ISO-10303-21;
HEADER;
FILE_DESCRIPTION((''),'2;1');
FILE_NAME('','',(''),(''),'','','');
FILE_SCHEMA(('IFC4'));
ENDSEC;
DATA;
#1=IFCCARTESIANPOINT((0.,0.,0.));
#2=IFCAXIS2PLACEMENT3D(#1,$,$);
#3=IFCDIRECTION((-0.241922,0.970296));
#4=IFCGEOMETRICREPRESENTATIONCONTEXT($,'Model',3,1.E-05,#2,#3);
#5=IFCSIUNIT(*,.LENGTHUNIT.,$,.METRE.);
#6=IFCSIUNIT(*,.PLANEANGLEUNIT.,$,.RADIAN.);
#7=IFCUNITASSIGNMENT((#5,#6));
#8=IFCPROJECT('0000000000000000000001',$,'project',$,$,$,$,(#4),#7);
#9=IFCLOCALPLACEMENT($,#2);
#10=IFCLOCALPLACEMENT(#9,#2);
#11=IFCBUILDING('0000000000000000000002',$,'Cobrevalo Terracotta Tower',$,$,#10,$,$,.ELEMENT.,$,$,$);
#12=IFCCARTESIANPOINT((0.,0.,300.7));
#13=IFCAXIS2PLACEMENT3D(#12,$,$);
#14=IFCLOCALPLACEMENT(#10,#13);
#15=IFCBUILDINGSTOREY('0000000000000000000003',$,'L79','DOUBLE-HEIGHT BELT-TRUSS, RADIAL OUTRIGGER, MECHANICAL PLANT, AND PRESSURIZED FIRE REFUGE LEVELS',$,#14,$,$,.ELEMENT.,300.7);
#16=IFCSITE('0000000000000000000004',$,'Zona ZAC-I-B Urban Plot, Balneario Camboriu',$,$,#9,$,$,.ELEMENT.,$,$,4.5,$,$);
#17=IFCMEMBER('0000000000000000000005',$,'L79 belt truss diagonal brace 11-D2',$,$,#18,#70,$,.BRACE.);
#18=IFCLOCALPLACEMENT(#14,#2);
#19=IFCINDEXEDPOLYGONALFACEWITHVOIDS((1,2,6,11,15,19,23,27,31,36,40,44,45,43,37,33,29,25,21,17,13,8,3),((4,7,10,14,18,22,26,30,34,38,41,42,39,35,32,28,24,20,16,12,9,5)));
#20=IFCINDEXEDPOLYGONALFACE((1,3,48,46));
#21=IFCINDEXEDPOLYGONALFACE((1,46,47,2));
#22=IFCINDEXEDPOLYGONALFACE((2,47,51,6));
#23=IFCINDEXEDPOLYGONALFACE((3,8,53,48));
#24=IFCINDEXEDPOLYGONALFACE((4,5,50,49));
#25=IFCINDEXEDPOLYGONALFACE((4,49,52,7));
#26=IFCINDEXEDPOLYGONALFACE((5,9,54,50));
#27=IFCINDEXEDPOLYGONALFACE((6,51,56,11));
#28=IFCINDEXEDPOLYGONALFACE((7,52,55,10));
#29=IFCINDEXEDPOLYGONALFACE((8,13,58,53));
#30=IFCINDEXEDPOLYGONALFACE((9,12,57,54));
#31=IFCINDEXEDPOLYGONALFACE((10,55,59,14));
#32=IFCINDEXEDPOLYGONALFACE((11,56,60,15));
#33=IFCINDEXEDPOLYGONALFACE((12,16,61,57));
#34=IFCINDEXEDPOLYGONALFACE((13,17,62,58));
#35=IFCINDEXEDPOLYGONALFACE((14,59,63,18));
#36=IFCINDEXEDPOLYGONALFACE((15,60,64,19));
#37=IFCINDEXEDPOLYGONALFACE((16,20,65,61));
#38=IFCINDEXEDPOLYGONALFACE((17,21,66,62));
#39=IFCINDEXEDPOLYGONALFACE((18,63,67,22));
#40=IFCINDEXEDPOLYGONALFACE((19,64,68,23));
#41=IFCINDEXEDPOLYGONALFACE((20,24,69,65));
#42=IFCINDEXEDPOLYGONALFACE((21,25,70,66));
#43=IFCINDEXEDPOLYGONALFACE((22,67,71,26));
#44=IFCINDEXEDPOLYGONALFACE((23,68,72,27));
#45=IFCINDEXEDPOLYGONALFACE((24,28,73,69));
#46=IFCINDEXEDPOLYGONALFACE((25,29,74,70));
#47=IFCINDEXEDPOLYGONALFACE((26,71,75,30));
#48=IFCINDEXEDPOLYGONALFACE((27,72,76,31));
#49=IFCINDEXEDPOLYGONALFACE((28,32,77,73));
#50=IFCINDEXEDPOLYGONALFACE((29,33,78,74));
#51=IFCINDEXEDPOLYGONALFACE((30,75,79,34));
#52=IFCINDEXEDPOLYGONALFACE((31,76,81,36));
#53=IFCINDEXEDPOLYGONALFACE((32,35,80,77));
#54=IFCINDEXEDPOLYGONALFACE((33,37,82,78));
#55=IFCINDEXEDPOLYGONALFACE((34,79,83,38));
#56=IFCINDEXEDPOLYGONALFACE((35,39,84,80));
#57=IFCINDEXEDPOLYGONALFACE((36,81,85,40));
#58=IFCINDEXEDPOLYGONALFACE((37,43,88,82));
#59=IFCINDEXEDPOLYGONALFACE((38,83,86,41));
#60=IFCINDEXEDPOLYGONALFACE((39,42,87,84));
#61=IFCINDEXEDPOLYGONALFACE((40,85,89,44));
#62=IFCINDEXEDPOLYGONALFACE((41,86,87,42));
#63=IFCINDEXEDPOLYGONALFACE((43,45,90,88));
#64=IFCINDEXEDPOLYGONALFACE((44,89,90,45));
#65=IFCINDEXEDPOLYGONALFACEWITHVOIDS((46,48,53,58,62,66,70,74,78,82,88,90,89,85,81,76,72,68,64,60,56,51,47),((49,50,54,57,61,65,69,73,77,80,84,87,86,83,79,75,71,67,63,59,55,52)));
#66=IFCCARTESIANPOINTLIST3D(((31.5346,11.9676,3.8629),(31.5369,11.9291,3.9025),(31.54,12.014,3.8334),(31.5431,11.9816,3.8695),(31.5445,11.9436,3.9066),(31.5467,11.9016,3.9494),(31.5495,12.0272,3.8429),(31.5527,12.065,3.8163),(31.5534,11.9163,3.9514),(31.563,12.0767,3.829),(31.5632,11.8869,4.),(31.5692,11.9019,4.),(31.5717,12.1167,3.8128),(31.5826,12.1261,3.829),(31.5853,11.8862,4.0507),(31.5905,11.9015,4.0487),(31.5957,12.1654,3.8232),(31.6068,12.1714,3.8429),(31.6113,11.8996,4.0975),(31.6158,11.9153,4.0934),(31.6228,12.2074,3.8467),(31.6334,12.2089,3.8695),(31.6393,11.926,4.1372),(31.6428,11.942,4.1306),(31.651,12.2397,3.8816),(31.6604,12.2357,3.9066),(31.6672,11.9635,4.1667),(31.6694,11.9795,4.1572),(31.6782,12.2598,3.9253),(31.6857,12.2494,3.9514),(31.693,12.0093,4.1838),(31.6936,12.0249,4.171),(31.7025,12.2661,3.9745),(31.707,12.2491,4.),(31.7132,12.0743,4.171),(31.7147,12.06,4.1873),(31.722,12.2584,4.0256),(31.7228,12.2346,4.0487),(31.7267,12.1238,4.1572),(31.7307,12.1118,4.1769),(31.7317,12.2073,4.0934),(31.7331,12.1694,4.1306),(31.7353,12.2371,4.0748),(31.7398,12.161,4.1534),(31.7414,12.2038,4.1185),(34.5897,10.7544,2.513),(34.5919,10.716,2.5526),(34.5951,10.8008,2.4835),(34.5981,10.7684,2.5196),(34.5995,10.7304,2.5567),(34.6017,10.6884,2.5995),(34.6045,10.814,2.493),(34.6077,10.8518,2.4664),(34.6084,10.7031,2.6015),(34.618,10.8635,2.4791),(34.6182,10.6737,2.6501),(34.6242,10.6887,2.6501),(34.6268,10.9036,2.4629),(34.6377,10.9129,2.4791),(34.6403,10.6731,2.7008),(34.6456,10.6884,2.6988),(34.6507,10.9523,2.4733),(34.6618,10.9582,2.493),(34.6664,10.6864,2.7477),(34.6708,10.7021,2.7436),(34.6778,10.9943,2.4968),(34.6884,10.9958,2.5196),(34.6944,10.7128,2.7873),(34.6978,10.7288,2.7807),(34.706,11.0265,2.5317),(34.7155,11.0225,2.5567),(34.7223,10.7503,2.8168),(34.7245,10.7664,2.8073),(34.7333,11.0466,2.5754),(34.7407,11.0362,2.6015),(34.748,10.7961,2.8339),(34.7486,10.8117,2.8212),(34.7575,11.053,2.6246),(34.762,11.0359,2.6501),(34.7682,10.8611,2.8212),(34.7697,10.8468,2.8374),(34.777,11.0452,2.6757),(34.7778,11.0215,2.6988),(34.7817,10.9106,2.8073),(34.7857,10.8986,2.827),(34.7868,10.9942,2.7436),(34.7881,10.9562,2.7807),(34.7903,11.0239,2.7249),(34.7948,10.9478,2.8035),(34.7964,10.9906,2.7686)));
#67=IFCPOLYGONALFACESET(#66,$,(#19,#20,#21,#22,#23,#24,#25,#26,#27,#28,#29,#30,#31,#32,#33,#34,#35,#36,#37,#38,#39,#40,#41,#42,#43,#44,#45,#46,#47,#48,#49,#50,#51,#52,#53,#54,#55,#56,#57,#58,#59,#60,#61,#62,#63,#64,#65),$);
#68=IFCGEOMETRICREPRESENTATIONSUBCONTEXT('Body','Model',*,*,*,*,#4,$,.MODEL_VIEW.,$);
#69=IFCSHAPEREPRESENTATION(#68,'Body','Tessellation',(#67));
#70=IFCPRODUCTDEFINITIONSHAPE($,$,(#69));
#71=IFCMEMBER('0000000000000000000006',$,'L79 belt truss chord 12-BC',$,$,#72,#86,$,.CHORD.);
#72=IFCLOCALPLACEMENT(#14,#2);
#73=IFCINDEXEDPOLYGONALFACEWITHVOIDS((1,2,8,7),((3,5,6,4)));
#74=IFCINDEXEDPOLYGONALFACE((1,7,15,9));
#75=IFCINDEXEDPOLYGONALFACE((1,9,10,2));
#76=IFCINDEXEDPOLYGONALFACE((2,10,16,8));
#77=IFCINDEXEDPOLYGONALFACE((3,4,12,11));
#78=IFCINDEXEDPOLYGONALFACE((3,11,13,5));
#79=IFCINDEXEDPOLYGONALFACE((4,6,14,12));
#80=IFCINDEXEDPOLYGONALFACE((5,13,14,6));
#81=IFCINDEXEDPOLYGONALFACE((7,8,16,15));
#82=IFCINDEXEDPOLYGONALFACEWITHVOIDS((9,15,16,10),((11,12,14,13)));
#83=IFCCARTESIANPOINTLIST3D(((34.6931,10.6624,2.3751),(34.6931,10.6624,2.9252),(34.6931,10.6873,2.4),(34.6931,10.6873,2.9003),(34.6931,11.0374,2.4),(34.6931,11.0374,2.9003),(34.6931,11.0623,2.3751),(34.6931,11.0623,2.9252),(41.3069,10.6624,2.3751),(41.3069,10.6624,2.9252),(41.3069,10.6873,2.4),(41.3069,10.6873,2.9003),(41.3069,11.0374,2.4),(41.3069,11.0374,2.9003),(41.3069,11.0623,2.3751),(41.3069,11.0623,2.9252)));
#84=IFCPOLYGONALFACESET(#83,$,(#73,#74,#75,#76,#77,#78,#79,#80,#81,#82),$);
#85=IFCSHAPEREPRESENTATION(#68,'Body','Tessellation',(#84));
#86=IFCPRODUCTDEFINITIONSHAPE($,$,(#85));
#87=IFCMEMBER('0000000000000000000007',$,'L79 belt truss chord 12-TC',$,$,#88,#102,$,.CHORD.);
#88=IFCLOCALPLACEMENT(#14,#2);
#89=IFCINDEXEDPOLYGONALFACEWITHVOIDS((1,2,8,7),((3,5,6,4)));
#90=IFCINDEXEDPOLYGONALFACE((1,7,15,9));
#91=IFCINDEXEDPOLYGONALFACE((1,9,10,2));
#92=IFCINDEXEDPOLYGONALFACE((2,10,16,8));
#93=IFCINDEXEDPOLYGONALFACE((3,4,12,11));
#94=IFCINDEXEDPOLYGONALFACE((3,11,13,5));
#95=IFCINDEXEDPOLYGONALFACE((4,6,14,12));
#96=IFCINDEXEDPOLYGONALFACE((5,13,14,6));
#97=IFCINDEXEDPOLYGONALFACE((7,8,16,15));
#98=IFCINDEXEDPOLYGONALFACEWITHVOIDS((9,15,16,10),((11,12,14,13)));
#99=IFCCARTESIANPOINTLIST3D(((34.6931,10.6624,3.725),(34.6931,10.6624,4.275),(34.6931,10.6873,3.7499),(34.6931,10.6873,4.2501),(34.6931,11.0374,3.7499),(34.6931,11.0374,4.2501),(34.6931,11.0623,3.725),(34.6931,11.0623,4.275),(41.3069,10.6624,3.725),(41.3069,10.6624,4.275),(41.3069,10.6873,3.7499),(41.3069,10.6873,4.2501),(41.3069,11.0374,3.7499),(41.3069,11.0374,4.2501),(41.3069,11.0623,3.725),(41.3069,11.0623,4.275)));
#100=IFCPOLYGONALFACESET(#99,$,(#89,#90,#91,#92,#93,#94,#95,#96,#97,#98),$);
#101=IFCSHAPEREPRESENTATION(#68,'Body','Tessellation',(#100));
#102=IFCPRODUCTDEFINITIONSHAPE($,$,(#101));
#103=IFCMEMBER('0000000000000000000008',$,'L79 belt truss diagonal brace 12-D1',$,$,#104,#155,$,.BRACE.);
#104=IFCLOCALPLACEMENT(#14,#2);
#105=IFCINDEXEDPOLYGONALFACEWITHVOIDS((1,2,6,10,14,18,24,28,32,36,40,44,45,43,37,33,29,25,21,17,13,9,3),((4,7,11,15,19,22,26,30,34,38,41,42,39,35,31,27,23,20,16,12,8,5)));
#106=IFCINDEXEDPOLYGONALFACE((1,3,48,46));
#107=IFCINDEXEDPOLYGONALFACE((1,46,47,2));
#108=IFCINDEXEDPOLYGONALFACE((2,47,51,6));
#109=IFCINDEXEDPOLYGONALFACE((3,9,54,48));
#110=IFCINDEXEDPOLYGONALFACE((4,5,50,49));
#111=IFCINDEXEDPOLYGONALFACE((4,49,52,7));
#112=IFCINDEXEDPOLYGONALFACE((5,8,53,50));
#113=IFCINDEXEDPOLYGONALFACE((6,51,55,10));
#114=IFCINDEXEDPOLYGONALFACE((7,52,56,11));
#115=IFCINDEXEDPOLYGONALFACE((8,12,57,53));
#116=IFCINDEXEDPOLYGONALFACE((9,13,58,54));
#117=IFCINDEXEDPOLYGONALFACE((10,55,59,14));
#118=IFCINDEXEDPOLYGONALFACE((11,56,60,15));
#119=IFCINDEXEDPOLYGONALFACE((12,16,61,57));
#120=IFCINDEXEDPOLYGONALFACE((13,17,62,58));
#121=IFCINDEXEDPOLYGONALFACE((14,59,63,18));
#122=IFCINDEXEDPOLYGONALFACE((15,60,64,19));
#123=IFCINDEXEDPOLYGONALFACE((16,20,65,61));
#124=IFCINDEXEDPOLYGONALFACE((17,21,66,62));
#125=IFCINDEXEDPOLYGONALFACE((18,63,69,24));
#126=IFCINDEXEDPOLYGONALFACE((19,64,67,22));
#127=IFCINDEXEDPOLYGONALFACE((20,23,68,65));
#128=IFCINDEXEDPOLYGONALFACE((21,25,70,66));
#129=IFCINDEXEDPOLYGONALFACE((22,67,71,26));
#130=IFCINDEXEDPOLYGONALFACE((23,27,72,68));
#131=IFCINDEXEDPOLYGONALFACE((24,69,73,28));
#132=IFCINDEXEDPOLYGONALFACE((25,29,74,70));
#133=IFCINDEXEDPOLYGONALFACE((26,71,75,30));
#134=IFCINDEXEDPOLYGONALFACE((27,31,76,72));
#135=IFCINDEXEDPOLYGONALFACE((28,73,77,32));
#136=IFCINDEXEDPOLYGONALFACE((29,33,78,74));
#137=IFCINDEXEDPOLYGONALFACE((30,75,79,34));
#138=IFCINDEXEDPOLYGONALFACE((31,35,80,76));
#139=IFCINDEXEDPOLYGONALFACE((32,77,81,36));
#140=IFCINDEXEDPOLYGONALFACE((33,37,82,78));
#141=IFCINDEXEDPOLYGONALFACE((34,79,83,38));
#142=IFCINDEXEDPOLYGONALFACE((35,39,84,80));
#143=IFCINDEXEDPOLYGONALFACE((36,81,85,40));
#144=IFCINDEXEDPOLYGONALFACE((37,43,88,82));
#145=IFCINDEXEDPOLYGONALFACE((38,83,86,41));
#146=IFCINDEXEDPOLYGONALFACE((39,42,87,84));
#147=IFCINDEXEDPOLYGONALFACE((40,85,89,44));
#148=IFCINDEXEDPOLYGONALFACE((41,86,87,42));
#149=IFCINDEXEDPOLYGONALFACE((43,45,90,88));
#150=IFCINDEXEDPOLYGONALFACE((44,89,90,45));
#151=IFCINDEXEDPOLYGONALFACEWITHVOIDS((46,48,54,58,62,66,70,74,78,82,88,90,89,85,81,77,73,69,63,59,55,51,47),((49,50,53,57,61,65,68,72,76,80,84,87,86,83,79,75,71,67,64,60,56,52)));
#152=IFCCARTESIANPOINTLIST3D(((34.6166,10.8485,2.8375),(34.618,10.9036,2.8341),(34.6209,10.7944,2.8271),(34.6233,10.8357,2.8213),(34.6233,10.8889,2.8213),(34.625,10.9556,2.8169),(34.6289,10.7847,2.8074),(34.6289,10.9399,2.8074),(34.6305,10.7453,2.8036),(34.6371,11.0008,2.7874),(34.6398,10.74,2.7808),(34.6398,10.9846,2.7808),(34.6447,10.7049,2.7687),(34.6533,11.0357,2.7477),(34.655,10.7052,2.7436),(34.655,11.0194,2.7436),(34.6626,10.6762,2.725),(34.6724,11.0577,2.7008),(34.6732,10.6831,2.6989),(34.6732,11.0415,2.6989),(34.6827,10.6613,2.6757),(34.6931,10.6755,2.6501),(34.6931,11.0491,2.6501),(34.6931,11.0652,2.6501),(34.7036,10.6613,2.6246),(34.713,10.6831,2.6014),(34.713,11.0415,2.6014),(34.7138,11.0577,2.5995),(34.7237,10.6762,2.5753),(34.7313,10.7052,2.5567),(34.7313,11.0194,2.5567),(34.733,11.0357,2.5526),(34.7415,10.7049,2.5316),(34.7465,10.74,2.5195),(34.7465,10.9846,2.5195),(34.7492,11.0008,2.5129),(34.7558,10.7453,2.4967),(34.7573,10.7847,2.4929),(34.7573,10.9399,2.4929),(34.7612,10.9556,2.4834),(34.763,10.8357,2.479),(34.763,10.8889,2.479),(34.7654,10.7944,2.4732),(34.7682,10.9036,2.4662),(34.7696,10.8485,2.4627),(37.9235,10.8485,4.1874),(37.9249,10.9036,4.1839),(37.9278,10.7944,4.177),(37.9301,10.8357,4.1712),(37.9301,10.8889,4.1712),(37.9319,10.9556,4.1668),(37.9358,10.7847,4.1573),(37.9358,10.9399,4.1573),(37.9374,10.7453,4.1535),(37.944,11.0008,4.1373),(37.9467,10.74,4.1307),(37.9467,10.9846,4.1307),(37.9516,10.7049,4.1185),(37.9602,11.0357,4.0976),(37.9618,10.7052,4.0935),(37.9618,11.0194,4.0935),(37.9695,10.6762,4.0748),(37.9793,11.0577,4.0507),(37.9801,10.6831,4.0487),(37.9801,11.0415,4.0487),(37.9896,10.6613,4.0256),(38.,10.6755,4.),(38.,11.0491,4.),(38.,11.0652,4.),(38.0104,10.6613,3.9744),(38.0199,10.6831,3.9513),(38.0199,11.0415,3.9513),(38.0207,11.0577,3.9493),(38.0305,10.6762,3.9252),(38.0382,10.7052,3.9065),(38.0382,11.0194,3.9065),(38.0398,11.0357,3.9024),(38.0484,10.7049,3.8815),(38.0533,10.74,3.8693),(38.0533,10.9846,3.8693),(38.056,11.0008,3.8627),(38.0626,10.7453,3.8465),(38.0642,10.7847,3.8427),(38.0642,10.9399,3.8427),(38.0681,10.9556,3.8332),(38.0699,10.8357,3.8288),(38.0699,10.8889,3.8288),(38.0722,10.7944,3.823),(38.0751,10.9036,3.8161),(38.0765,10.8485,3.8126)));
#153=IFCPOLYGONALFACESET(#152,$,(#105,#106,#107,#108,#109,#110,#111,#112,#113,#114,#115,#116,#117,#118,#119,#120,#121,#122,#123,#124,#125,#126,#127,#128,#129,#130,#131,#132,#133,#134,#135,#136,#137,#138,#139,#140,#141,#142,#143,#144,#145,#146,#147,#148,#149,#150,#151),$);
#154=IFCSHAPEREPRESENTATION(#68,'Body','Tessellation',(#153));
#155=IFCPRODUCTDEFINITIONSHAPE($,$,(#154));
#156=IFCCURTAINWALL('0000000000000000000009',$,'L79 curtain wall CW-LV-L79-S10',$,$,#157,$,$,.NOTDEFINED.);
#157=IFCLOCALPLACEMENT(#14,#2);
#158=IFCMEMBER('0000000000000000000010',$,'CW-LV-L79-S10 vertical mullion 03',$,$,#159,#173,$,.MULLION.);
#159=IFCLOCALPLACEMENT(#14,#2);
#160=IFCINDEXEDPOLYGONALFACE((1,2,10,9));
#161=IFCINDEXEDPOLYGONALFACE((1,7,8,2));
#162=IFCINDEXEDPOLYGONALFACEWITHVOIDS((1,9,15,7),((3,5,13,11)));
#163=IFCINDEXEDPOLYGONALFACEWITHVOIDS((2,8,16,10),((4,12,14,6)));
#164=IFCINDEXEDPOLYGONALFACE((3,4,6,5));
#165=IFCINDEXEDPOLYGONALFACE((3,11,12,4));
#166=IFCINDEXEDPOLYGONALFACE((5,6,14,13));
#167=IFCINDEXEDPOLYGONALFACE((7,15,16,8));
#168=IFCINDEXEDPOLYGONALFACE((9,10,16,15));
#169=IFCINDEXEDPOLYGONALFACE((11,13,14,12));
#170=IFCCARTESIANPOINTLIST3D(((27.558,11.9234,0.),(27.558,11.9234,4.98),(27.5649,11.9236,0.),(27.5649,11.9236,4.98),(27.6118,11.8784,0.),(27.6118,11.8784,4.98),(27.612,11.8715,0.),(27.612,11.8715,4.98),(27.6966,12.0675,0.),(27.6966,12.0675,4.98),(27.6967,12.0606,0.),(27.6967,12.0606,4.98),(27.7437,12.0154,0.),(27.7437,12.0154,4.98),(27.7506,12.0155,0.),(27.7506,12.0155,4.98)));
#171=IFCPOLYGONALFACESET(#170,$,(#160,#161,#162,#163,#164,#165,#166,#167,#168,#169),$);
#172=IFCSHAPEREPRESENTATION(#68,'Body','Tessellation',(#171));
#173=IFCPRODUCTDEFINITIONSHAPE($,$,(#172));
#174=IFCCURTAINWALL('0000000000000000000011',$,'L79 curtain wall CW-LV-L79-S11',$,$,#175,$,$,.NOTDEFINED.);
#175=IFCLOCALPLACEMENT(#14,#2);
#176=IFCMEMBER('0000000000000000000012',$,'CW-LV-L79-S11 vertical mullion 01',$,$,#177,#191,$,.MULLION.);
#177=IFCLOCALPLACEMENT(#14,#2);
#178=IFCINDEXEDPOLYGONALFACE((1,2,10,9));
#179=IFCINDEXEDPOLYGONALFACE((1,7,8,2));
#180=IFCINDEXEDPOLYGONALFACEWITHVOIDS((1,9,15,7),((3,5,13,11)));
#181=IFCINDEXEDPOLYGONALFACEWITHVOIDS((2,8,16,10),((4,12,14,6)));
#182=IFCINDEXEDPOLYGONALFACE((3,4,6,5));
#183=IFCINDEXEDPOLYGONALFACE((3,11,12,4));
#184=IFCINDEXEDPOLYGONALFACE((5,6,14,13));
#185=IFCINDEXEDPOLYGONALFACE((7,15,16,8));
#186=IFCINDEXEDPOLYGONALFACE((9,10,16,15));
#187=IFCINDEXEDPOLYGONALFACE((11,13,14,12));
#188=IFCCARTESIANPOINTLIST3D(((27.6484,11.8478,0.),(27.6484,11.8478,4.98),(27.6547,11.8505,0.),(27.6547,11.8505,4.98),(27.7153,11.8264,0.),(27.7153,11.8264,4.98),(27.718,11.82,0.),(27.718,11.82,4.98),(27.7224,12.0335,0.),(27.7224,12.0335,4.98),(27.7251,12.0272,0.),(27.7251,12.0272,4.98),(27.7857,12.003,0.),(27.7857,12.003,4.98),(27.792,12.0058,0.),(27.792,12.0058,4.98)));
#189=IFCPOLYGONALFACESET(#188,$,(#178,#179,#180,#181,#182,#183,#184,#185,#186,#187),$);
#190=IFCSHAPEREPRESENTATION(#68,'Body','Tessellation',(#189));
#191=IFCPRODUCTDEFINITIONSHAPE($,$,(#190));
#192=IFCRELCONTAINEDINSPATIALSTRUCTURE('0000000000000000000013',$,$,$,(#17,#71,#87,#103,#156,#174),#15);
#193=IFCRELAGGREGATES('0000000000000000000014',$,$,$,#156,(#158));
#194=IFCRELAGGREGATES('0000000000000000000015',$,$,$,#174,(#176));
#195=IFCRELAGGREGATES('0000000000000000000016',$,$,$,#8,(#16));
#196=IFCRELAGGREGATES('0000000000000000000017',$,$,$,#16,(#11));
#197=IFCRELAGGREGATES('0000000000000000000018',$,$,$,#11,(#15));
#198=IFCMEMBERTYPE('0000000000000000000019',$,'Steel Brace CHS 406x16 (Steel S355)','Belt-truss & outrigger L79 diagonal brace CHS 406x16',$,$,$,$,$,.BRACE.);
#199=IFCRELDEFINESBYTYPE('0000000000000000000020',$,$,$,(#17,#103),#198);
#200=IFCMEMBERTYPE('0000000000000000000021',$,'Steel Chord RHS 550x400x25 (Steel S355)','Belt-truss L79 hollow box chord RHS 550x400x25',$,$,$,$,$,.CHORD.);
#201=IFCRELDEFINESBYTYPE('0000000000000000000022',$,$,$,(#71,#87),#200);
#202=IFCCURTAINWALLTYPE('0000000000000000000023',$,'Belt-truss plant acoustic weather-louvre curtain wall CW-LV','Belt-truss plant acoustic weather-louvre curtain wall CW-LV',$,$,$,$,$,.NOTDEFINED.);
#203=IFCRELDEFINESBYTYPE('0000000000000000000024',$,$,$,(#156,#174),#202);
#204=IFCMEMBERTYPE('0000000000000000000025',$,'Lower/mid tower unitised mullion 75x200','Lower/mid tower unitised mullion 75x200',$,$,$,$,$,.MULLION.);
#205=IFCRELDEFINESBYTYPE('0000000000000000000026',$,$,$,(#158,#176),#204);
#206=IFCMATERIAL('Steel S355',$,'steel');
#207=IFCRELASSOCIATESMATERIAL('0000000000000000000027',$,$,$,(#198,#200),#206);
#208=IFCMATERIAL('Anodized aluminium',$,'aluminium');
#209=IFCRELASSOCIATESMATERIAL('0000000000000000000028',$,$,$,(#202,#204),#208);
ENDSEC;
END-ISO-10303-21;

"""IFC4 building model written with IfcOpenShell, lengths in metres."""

from ifc_helpers import new_model, si_unit, direction, frame, origin, origin_2d, place, context, subcontext, project, spatial, hollow_rectangle, hollow_circle, extrude, source, transform, mapped, material, material_profile, profile_set, type_object, element, aggregate, save


model = new_model("IFC4")

# Units and contexts
model_context = context("Model", 3, precision=1e-05, world=origin(), true_north=direction((-0.241922, 0.970296)))
body_context = subcontext(model_context, "Body", "Model", "MODEL_VIEW")
ifc_project = project(units=[si_unit("LENGTHUNIT", "METRE"), si_unit("PLANEANGLEUNIT", "RADIAN")], contexts=[model_context])

# Site, building, storey
site_placement = place(None, origin())
site = spatial("IfcSite", under=ifc_project, at=site_placement, Name="Zona ZAC-I-B Urban Plot, Balneario Camboriu", CompositionType="ELEMENT", RefElevation=4.5)
building_placement = place(site_placement, origin())
building = spatial("IfcBuilding", under=site, at=building_placement, Name="Cobrevalo Terracotta Tower", CompositionType="ELEMENT")
storey_placement = place(building_placement, frame((0.0, 0.0, 300.7)))
storey = spatial("IfcBuildingStorey", under=building, at=storey_placement, Name="L79", Description="DOUBLE-HEIGHT BELT-TRUSS, RADIAL OUTRIGGER, MECHANICAL PLANT, AND PRESSURIZED FIRE REFUGE LEVELS", CompositionType="ELEMENT", Elevation=300.7)

# Shared definitions
ifc_material_1 = material(Name="Steel S355", Category="steel")

# Members
ifc_material_profile_1 = material_profile(ifc_material_1, hollow_circle(Radius=0.2029, WallThickness=0.0161, at=origin_2d()), Name="CHS 406x16")
ifc_profile_set_1 = profile_set([ifc_material_profile_1], Name="Steel S355")
member_type_1 = type_object("IfcMemberType", Name="Steel Brace CHS 406x16 (Steel S355)", Description="Belt-truss & outrigger L79 diagonal brace CHS 406x16", PredefinedType="BRACE", material=ifc_profile_set_1)
shared_shape_1 = source(origin(), body_context, "Body", "SweptSolid", [
    extrude(hollow_circle(Radius=0.2029, WallThickness=0.0161, at=origin_2d()), origin(), (0.0, 0.0, 1.0), 3.5535),
])
member_1_placement = place(storey_placement, frame((34.6931, 10.8623, 2.6501), z_axis=(-0.859729, 0.341404, 0.37988), x_axis=(-0.369072, -0.929401, 0.0)))
element("IfcMember", 1, at=member_1_placement, inside=storey, type_object=member_type_1, Name="L79 belt truss diagonal brace 11-D2", PredefinedType="BRACE", context=body_context, shape_type="MappedRepresentation", body=[
    mapped(shared_shape_1, transform((0.0, 0.0, 0.0), scale=1.0)),
])
ifc_material_profile_2 = material_profile(ifc_material_1, hollow_rectangle(XDim=0.3999, YDim=0.55, WallThickness=0.0249, at=origin_2d()), Name="RHS 550x400x25")
ifc_profile_set_2 = profile_set([ifc_material_profile_2], Name="Steel S355")
member_type_2 = type_object("IfcMemberType", Name="Steel Chord RHS 550x400x25 (Steel S355)", Description="Belt-truss L79 hollow box chord RHS 550x400x25", PredefinedType="CHORD", material=ifc_profile_set_2)
shared_shape_2 = source(origin(), body_context, "Body", "SweptSolid", [
    extrude(hollow_rectangle(XDim=0.3999, YDim=0.55, WallThickness=0.0249, at=origin_2d()), origin(), (0.0, 0.0, 1.0), 6.6138),
])
for number, where, z_axis, x_axis, name in (
    (2, (34.6931, 10.8623, 2.6501), (1.0, 0.0, 0.0), (0.0, 1.0, 0.0), "L79 belt truss chord 12-BC"),
    (3, (34.6931, 10.8623, 4.0), (1.0, 0.0, 0.0), (0.0, 1.0, 0.0), "L79 belt truss chord 12-TC"),
):
    element("IfcMember", number, at=place(storey_placement, frame(where, z_axis=z_axis, x_axis=x_axis)), inside=storey, type_object=member_type_2, Name=name, PredefinedType="CHORD", context=body_context, shape_type="MappedRepresentation", body=[
        mapped(shared_shape_2, transform((0.0, 0.0, 0.0), scale=1.0)),
    ])
shared_shape_3 = source(origin(), body_context, "Body", "SweptSolid", [
    extrude(hollow_circle(Radius=0.2029, WallThickness=0.0161, at=origin_2d()), origin(), (0.0, 0.0, 1.0), 3.5718),
])
member_2_placement = place(storey_placement, frame((34.6931, 10.8623, 2.6501), z_axis=(0.925837, 0.0, 0.377922), x_axis=(0.0, 1.0, 0.0)))
element("IfcMember", 4, at=member_2_placement, inside=storey, type_object=member_type_1, Name="L79 belt truss diagonal brace 12-D1", PredefinedType="BRACE", context=body_context, shape_type="MappedRepresentation", body=[
    mapped(shared_shape_3, transform((0.0, 0.0, 0.0), scale=1.0)),
])

# Curtain wall, member
ifc_material_2 = material(Name="Anodized aluminium", Category="aluminium")
curtain_wall_type = type_object("IfcCurtainWallType", Name="Belt-truss plant acoustic weather-louvre curtain wall CW-LV", Description="Belt-truss plant acoustic weather-louvre curtain wall CW-LV", PredefinedType="NOTDEFINED", material=ifc_material_2)
curtain_wall_1_placement = place(storey_placement, origin())
curtain_wall_1 = element("IfcCurtainWall", 5, at=curtain_wall_1_placement, inside=storey, type_object=curtain_wall_type, Name="L79 curtain wall CW-LV-L79-S10", PredefinedType="NOTDEFINED")
ifc_material_profile_3 = material_profile(ifc_material_2, hollow_rectangle(XDim=0.075, YDim=0.2, WallThickness=0.0049, at=origin_2d()), Name="CWM 75x200")
ifc_profile_set_3 = profile_set([ifc_material_profile_3], Name="Anodized aluminium")
member_type_3 = type_object("IfcMemberType", Name="Lower/mid tower unitised mullion 75x200", Description="Lower/mid tower unitised mullion 75x200", PredefinedType="MULLION", material=ifc_profile_set_3)
shared_shape_4 = source(origin(), body_context, "Body", "SweptSolid", [
    extrude(hollow_rectangle(XDim=0.075, YDim=0.2, WallThickness=0.0049, at=origin_2d()), origin(), (0.0, 0.0, 1.0), 4.98),
])
member_3_placement = place(storey_placement, frame((27.6543, 11.9695, 0.0), z_axis=(0.0, 0.0, 1.0), x_axis=(0.720551, -0.693402, 0.0)))
member_3 = element("IfcMember", 6, at=member_3_placement, type_object=member_type_3, Name="CW-LV-L79-S10 vertical mullion 03", PredefinedType="MULLION", context=body_context, shape_type="MappedRepresentation", body=[
    mapped(shared_shape_4, transform((0.0, 0.0, 0.0), scale=1.0)),
])
aggregate(curtain_wall_1, [member_3])

# Curtain wall, member
curtain_wall_2_placement = place(storey_placement, origin())
curtain_wall_2 = element("IfcCurtainWall", 7, at=curtain_wall_2_placement, inside=storey, type_object=curtain_wall_type, Name="L79 curtain wall CW-LV-L79-S11", PredefinedType="NOTDEFINED")
member_4_placement = place(storey_placement, frame((27.7202, 11.9268, 0.0), z_axis=(0.0, 0.0, 1.0), x_axis=(0.928926, -0.370266, 0.0)))
member_4 = element("IfcMember", 8, at=member_4_placement, type_object=member_type_3, Name="CW-LV-L79-S11 vertical mullion 01", PredefinedType="MULLION", context=body_context, shape_type="MappedRepresentation", body=[
    mapped(shared_shape_4, transform((0.0, 0.0, 0.0), scale=1.0)),
])

aggregate(curtain_wall_2, [member_4])

save(model, "model.ifc")
